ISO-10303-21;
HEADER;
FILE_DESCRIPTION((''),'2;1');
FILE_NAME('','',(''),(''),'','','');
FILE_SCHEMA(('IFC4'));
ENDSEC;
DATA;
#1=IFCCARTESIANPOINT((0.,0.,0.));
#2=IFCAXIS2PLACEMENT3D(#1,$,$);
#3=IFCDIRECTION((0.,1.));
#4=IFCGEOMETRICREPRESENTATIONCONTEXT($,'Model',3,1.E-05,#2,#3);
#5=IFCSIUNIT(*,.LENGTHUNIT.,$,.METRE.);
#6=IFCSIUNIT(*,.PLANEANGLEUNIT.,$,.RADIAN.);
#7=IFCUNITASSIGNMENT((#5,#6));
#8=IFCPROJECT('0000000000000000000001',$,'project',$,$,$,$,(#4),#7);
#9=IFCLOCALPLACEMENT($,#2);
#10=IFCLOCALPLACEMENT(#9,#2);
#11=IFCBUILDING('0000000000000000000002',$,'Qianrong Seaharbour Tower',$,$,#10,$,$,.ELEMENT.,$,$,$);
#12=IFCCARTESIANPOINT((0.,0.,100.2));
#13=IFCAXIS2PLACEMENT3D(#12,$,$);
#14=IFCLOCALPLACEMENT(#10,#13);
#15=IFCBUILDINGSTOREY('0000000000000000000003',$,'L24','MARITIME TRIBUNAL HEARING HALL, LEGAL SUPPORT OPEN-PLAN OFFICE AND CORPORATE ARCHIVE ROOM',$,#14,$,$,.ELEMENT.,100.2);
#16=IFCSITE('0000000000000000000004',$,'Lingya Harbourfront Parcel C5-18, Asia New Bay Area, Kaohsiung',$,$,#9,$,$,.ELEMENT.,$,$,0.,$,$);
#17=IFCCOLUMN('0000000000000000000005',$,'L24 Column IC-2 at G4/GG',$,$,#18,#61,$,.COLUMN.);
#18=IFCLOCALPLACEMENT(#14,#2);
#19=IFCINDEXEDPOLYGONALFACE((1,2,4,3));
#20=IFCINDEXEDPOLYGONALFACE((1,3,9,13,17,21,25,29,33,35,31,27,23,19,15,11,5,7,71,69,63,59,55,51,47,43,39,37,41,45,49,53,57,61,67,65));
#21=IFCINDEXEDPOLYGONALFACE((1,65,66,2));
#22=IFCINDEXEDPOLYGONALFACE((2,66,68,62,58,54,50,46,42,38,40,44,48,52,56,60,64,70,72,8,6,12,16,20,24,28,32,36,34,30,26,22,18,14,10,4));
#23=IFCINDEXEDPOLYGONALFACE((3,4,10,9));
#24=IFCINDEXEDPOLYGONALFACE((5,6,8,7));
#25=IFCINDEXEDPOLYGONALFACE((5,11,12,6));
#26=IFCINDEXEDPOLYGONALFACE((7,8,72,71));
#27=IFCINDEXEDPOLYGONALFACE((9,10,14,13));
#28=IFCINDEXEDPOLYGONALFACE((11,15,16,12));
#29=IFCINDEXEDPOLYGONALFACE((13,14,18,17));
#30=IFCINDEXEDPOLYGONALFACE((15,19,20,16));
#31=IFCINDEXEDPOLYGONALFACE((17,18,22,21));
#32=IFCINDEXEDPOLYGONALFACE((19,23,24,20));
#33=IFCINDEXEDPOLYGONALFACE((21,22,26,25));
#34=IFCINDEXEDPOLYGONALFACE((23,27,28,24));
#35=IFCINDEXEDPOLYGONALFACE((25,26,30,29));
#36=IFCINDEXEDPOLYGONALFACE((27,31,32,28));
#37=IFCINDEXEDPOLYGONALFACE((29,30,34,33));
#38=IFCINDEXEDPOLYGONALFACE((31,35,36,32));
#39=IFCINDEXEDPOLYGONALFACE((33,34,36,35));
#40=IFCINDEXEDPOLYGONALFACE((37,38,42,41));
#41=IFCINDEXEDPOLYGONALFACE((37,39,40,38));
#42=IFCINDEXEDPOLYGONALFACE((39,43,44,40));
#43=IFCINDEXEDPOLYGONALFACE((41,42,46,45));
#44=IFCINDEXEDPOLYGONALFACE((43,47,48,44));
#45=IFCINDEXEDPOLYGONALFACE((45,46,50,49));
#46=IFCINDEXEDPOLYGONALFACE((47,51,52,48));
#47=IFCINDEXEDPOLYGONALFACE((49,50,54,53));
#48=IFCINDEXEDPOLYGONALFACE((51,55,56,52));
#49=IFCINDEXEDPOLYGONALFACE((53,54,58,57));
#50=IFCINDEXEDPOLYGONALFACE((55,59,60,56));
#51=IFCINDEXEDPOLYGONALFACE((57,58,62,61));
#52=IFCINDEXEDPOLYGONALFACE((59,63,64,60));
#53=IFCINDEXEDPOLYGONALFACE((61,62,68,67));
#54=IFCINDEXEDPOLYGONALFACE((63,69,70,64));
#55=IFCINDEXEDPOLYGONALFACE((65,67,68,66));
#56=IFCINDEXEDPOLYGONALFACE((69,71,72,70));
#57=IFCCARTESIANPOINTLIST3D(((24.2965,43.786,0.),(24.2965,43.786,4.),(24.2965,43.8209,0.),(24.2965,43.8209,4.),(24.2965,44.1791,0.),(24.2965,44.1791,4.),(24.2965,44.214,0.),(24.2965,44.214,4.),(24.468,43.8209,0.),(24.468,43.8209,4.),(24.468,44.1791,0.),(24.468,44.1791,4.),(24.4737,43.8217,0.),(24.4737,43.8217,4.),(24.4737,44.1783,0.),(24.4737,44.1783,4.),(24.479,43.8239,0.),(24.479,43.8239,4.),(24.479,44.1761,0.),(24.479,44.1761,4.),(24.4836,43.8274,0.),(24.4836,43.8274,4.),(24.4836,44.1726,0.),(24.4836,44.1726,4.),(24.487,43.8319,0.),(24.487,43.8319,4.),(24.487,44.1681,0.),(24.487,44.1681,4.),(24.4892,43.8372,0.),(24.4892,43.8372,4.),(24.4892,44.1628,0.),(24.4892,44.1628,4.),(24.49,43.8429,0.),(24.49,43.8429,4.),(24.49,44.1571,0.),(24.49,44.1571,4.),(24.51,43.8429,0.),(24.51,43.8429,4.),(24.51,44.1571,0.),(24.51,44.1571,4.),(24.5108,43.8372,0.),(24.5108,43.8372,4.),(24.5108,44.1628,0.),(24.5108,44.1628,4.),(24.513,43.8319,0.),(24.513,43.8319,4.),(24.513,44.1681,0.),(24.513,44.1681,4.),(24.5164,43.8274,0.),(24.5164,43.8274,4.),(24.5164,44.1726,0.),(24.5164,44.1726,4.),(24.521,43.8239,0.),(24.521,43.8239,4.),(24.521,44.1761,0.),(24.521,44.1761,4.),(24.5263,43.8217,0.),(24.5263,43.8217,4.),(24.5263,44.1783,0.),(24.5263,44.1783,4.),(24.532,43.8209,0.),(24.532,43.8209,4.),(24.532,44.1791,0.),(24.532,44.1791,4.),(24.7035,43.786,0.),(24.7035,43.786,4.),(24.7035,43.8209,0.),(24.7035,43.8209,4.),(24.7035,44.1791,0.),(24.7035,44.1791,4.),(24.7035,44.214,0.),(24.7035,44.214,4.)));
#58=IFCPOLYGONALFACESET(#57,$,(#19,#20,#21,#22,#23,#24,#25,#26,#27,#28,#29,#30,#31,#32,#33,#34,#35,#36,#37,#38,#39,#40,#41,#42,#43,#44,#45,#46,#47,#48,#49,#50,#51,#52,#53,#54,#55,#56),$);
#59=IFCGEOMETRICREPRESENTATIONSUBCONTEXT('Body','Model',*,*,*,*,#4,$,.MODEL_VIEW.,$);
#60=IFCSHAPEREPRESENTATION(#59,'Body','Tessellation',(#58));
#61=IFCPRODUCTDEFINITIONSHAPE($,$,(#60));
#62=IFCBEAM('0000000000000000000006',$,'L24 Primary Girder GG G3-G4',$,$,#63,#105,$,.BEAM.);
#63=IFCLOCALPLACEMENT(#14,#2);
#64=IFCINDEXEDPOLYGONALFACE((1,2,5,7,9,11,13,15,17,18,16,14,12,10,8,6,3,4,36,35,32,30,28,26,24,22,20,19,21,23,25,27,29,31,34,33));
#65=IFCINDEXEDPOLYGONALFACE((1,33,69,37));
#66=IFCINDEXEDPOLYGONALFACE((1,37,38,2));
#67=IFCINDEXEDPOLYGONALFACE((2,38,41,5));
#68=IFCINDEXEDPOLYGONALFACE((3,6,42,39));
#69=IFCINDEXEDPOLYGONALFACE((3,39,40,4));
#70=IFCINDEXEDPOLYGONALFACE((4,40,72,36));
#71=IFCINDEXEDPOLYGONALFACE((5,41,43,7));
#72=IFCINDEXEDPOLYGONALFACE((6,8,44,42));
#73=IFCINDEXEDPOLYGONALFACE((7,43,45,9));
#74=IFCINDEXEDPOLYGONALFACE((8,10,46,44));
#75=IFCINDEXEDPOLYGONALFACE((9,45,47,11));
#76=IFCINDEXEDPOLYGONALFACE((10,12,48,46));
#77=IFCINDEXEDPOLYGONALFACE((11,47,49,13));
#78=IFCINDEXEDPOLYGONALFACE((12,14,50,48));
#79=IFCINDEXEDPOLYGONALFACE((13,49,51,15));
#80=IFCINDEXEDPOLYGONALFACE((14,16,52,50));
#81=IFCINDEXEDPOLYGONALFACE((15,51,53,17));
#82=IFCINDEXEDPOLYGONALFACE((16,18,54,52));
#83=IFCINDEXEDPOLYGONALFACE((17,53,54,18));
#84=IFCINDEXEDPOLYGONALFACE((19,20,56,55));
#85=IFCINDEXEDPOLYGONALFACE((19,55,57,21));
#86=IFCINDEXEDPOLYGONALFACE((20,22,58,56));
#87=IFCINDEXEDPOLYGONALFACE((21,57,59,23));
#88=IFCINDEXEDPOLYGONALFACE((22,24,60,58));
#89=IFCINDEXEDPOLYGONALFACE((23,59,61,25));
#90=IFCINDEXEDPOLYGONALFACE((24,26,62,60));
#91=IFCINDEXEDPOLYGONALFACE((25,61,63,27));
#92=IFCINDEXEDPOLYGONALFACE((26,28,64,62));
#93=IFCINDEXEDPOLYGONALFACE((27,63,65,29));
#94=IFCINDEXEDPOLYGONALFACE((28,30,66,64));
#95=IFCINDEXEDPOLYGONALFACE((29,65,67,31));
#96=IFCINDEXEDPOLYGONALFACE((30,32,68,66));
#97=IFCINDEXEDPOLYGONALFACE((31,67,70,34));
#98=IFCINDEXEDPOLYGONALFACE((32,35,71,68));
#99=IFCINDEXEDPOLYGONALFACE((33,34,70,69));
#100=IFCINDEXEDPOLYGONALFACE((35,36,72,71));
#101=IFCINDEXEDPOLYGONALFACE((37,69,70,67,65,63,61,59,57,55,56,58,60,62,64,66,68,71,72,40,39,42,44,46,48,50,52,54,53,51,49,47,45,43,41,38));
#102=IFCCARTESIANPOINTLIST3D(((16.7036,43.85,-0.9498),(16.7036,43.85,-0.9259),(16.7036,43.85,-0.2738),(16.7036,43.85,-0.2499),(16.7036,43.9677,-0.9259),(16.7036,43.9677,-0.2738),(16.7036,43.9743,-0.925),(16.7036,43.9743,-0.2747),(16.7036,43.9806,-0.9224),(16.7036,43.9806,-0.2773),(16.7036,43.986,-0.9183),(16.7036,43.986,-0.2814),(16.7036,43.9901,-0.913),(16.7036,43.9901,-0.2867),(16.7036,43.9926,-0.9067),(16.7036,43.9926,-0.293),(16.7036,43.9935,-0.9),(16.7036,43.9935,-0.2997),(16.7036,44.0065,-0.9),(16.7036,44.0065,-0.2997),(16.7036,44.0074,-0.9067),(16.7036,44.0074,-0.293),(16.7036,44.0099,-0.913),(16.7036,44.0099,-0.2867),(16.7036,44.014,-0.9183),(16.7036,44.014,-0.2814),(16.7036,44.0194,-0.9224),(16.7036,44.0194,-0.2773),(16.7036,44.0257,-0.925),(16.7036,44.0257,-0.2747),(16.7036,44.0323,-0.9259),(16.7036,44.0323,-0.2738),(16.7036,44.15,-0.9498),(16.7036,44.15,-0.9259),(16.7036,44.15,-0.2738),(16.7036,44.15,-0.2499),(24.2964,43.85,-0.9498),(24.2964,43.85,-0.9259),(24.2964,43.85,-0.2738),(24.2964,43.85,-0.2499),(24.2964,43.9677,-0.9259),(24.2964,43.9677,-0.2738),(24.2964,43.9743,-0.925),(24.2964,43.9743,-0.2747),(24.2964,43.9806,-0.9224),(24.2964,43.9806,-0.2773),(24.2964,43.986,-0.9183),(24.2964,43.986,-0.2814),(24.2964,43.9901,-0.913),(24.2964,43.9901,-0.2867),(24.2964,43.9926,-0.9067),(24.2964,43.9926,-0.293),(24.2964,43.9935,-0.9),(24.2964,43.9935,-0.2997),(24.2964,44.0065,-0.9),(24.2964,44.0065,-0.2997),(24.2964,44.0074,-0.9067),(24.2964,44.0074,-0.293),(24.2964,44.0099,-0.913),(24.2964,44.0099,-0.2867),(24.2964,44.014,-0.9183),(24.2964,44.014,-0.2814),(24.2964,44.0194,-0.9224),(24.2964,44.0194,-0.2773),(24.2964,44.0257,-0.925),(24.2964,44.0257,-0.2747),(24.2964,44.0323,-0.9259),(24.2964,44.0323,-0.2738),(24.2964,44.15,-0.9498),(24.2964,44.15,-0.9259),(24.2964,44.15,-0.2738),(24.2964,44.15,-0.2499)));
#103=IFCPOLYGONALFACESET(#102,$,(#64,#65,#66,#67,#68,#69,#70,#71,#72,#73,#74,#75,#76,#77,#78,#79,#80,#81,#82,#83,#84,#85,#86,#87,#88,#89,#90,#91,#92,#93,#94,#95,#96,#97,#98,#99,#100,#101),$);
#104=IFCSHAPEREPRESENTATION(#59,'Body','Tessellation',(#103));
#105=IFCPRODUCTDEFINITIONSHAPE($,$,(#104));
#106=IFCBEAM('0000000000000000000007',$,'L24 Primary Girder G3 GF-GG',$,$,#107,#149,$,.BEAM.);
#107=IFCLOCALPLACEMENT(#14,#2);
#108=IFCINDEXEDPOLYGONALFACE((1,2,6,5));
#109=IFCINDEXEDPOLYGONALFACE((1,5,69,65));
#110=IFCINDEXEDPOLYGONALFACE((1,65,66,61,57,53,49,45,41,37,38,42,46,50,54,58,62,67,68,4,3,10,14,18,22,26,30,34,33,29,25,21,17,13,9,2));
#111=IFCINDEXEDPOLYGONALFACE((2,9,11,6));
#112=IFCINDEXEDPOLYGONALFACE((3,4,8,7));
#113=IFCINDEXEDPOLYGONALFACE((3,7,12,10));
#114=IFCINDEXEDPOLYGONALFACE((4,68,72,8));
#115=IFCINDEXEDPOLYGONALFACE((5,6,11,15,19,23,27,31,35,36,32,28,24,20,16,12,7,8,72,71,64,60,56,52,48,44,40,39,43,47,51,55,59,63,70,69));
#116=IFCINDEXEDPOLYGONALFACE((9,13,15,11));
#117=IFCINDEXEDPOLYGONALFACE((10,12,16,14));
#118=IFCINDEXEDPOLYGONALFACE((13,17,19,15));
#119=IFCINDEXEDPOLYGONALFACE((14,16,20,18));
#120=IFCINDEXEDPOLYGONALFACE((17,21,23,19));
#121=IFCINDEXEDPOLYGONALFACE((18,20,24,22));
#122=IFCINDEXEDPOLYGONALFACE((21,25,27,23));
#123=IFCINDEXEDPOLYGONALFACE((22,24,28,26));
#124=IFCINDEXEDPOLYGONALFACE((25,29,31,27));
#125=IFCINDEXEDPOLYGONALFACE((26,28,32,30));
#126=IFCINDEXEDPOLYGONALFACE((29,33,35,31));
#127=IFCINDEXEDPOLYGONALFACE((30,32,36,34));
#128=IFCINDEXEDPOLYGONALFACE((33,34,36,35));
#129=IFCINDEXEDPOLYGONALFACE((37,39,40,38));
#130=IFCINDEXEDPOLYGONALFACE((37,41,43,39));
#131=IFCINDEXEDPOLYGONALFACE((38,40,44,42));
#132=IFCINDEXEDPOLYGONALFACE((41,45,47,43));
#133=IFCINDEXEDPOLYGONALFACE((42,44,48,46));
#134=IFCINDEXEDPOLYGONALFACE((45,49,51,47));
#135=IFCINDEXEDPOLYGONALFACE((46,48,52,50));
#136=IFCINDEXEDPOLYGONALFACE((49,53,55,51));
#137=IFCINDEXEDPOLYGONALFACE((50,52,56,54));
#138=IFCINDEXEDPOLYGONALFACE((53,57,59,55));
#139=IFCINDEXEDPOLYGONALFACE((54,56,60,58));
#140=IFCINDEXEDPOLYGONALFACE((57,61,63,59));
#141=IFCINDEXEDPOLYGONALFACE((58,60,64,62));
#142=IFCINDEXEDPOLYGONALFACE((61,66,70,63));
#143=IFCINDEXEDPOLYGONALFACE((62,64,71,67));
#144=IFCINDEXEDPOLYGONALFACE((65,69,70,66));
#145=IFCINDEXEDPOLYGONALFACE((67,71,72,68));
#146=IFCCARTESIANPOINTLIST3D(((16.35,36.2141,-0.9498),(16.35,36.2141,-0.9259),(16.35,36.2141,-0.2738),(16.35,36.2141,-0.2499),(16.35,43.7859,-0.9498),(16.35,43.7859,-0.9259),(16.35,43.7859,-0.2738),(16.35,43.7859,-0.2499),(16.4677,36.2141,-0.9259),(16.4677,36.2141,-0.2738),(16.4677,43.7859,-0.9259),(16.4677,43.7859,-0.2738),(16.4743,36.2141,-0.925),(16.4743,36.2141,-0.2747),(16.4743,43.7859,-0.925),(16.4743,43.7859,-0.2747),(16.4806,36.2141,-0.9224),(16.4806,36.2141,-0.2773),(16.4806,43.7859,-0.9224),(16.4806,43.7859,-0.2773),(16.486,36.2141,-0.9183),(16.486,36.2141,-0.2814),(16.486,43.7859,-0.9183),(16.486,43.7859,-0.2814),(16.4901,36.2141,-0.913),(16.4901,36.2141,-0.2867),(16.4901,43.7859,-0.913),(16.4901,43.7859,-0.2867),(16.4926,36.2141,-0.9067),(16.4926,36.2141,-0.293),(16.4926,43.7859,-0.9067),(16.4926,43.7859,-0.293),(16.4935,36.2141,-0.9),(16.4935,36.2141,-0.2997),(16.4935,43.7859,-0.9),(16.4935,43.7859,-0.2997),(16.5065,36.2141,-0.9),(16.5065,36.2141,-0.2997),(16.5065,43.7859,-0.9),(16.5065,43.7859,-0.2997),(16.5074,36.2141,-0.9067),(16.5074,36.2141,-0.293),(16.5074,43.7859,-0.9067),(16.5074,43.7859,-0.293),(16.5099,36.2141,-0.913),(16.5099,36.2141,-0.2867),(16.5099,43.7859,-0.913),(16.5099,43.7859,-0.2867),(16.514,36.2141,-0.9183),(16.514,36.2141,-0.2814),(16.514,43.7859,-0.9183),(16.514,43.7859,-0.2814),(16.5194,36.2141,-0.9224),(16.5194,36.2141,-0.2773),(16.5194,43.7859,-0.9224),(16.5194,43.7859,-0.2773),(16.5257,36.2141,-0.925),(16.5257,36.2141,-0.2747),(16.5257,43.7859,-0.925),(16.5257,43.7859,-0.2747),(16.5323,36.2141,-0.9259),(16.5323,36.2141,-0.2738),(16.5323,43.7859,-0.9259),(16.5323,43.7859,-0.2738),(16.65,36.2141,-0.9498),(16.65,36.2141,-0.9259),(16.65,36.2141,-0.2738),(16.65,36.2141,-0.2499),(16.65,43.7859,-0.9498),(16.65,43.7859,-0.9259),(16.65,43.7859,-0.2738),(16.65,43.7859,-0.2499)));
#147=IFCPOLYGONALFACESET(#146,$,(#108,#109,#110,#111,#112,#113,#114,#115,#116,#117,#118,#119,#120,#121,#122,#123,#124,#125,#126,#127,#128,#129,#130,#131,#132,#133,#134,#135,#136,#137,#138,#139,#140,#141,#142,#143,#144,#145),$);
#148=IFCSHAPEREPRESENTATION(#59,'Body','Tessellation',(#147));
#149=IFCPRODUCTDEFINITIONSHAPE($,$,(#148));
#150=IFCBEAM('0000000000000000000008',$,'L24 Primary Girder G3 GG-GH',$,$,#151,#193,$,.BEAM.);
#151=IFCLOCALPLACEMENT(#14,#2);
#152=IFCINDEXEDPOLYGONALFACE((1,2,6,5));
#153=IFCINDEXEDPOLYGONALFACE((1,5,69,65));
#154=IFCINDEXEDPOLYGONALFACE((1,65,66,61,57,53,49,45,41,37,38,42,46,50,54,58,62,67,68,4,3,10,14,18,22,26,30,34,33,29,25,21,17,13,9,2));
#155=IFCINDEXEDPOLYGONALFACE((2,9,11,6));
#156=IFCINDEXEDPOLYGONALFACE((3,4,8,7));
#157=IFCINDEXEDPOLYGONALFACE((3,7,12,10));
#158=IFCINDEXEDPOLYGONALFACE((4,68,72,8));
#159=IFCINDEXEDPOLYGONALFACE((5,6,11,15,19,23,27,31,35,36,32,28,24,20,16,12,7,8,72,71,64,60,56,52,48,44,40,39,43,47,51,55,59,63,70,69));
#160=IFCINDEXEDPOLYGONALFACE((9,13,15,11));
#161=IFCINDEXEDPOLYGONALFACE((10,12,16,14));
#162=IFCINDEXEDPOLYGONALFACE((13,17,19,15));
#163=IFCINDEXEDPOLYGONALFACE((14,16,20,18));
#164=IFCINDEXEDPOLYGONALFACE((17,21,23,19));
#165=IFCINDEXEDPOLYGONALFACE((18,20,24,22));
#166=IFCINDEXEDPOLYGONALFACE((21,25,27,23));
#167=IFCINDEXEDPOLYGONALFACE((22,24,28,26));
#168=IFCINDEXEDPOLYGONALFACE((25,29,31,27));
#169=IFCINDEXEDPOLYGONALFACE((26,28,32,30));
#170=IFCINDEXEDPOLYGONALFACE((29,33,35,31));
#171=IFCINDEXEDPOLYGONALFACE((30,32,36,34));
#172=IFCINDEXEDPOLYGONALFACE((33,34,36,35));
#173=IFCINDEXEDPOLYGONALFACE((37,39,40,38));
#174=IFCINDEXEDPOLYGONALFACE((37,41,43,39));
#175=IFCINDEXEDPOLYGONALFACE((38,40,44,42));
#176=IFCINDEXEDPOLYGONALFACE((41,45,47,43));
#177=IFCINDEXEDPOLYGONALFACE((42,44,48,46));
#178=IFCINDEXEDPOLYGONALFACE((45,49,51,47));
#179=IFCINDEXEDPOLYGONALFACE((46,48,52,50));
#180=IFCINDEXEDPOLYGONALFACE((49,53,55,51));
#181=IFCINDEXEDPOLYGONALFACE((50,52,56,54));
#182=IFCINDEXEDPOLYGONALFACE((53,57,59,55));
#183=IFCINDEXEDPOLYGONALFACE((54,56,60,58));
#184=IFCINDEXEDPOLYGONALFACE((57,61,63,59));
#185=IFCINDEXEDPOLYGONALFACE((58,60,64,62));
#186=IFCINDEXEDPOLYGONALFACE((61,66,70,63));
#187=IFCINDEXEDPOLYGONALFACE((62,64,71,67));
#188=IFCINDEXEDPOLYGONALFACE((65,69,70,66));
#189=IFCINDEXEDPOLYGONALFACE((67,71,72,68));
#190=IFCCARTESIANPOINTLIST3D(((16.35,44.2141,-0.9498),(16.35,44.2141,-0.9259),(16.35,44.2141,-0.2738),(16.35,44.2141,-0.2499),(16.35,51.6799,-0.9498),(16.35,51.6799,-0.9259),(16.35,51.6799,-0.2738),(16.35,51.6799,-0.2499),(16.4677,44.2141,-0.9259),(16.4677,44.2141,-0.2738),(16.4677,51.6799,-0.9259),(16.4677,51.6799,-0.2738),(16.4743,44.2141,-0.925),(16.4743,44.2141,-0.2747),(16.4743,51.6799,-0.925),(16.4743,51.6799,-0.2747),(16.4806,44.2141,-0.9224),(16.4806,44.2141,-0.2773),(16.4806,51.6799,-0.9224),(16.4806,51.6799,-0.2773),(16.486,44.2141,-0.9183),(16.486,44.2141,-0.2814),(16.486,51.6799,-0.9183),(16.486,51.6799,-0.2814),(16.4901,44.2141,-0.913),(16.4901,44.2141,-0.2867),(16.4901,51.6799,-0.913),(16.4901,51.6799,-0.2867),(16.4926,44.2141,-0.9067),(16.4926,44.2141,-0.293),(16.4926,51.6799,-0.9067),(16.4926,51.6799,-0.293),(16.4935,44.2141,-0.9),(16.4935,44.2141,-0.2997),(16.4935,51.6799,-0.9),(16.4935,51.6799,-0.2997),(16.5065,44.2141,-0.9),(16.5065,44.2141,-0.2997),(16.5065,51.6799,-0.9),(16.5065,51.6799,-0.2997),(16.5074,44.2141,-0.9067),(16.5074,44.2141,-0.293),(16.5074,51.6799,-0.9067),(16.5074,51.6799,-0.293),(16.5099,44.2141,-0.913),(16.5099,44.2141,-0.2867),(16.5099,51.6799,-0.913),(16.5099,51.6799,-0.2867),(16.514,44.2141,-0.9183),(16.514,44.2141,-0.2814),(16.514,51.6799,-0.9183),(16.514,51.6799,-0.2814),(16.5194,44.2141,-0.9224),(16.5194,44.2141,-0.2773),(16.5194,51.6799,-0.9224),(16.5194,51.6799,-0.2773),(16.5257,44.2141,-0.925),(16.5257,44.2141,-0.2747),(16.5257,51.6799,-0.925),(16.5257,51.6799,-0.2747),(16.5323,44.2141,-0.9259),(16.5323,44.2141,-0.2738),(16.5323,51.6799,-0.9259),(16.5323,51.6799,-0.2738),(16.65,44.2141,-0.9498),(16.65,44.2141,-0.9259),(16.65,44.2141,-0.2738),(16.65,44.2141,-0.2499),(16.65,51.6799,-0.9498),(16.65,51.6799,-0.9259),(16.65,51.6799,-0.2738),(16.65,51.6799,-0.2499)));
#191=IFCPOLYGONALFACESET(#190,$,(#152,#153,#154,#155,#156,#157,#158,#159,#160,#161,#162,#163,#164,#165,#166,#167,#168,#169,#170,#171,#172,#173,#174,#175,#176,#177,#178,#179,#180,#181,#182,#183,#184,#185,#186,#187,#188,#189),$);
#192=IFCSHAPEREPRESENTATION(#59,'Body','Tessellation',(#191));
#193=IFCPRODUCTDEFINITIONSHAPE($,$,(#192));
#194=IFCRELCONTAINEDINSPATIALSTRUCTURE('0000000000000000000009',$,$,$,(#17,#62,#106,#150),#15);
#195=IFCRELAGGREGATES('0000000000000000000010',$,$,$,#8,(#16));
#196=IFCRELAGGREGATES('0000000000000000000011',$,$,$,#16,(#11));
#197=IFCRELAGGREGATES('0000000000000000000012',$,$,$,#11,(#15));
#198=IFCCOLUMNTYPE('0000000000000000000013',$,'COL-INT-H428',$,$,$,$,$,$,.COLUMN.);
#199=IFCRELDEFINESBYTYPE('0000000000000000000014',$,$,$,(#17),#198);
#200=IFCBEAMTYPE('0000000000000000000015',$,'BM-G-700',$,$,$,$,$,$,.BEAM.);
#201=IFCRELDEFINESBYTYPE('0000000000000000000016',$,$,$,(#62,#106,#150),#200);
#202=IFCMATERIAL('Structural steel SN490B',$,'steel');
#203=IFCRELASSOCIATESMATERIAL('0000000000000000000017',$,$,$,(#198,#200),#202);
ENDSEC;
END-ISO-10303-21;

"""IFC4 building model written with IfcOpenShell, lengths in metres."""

from ifc_helpers import new_model, si_unit, direction, frame, origin, origin_2d, place, context, subcontext, project, spatial, i_section, extrude, material, material_profile, profile_set, type_object, element, save


model = new_model("IFC4")

# Units and contexts
model_context = context("Model", 3, precision=1e-05, world=origin(), true_north=direction((0.0, 1.0)))
body_context = subcontext(model_context, "Body", "Model", "MODEL_VIEW")
ifc_project = project(units=[si_unit("LENGTHUNIT", "METRE"), si_unit("PLANEANGLEUNIT", "RADIAN")], contexts=[model_context])

# Site, building, storey
site_placement = place(None, origin())
site = spatial("IfcSite", under=ifc_project, at=site_placement, Name="Lingya Harbourfront Parcel C5-18, Asia New Bay Area, Kaohsiung", CompositionType="ELEMENT", RefElevation=0.0)
building_placement = place(site_placement, origin())
building = spatial("IfcBuilding", under=site, at=building_placement, Name="Qianrong Seaharbour Tower", CompositionType="ELEMENT")
storey_placement = place(building_placement, frame((0.0, 0.0, 100.2)))
storey = spatial("IfcBuildingStorey", under=building, at=storey_placement, Name="L24", Description="MARITIME TRIBUNAL HEARING HALL, LEGAL SUPPORT OPEN-PLAN OFFICE AND CORPORATE ARCHIVE ROOM", CompositionType="ELEMENT", Elevation=100.2)

# Column
ifc_material_1 = material(Name="Structural steel SN490B", Category="steel")
ifc_material_profile_1 = material_profile(ifc_material_1, i_section(OverallWidth=0.407, OverallDepth=0.428, WebThickness=0.02, FlangeThickness=0.0349, FilletRadius=0.022, at=origin_2d()), Name="H428x407x20x35")
ifc_profile_set_1 = profile_set([ifc_material_profile_1], Name="Structural steel SN490B")
column_type_1 = type_object("IfcColumnType", Name="COL-INT-H428", PredefinedType="COLUMN", material=ifc_profile_set_1)
for number, where, z_axis, x_axis, name in (
    (1, (24.5, 44.0, 0.0), (0.0, 0.0, 1.0), (1.0, 0.0, 0.0), "L24 Column IC-2 at G4/GG"),
):
    element("IfcColumn", number, at=place(storey_placement, frame(where, z_axis=z_axis, x_axis=x_axis)), inside=storey, type_object=column_type_1, Name=name, PredefinedType="COLUMN", context=body_context, shape_type="SweptSolid", body=[
        extrude(i_section(OverallWidth=0.407, OverallDepth=0.428, WebThickness=0.02, FlangeThickness=0.0349, FilletRadius=0.022, at=origin_2d()), origin(), (0.0, 0.0, 1.0), 4.0),
    ])

# Beams
ifc_material_profile_2 = material_profile(ifc_material_1, i_section(OverallWidth=0.3, OverallDepth=0.7, WebThickness=0.0129, FlangeThickness=0.0239, FilletRadius=0.0259, at=origin_2d()), Name="H700x300x13x24")
ifc_profile_set_2 = profile_set([ifc_material_profile_2], Name="Structural steel SN490B")
beam_type_1 = type_object("IfcBeamType", Name="BM-G-700", PredefinedType="BEAM", material=ifc_profile_set_2)
beam_1_placement = place(storey_placement, frame((16.7036, 44.0, -0.5999), z_axis=(1.0, 0.0, 0.0), x_axis=(0.0, 1.0, 0.0)))
element("IfcBeam", 2, at=beam_1_placement, inside=storey, type_object=beam_type_1, Name="L24 Primary Girder GG G3-G4", PredefinedType="BEAM", context=body_context, shape_type="SweptSolid", body=[
    extrude(i_section(OverallWidth=0.3, OverallDepth=0.7, WebThickness=0.0129, FlangeThickness=0.0239, FilletRadius=0.0259, at=origin_2d()), origin(), (0.0, 0.0, 1.0), 7.5928),
])
beam_2_placement = place(storey_placement, frame((16.5, 36.2141, -0.5999), z_axis=(0.0, 1.0, 0.0), x_axis=(-1.0, 0.0, 0.0)))
element("IfcBeam", 3, at=beam_2_placement, inside=storey, type_object=beam_type_1, Name="L24 Primary Girder G3 GF-GG", PredefinedType="BEAM", context=body_context, shape_type="SweptSolid", body=[
    extrude(i_section(OverallWidth=0.3, OverallDepth=0.7, WebThickness=0.0129, FlangeThickness=0.0239, FilletRadius=0.0259, at=origin_2d()), origin(), (0.0, 0.0, 1.0), 7.5718),
])
beam_3_placement = place(storey_placement, frame((16.5, 44.2141, -0.5999), z_axis=(0.0, 1.0, 0.0), x_axis=(-1.0, 0.0, 0.0)))
element("IfcBeam", 4, at=beam_3_placement, inside=storey, type_object=beam_type_1, Name="L24 Primary Girder G3 GG-GH", PredefinedType="BEAM", context=body_context, shape_type="SweptSolid", body=[
    extrude(i_section(OverallWidth=0.3, OverallDepth=0.7, WebThickness=0.0129, FlangeThickness=0.0239, FilletRadius=0.0259, at=origin_2d()), origin(), (0.0, 0.0, 1.0), 7.4658),
])

save(model, "model.ifc")
